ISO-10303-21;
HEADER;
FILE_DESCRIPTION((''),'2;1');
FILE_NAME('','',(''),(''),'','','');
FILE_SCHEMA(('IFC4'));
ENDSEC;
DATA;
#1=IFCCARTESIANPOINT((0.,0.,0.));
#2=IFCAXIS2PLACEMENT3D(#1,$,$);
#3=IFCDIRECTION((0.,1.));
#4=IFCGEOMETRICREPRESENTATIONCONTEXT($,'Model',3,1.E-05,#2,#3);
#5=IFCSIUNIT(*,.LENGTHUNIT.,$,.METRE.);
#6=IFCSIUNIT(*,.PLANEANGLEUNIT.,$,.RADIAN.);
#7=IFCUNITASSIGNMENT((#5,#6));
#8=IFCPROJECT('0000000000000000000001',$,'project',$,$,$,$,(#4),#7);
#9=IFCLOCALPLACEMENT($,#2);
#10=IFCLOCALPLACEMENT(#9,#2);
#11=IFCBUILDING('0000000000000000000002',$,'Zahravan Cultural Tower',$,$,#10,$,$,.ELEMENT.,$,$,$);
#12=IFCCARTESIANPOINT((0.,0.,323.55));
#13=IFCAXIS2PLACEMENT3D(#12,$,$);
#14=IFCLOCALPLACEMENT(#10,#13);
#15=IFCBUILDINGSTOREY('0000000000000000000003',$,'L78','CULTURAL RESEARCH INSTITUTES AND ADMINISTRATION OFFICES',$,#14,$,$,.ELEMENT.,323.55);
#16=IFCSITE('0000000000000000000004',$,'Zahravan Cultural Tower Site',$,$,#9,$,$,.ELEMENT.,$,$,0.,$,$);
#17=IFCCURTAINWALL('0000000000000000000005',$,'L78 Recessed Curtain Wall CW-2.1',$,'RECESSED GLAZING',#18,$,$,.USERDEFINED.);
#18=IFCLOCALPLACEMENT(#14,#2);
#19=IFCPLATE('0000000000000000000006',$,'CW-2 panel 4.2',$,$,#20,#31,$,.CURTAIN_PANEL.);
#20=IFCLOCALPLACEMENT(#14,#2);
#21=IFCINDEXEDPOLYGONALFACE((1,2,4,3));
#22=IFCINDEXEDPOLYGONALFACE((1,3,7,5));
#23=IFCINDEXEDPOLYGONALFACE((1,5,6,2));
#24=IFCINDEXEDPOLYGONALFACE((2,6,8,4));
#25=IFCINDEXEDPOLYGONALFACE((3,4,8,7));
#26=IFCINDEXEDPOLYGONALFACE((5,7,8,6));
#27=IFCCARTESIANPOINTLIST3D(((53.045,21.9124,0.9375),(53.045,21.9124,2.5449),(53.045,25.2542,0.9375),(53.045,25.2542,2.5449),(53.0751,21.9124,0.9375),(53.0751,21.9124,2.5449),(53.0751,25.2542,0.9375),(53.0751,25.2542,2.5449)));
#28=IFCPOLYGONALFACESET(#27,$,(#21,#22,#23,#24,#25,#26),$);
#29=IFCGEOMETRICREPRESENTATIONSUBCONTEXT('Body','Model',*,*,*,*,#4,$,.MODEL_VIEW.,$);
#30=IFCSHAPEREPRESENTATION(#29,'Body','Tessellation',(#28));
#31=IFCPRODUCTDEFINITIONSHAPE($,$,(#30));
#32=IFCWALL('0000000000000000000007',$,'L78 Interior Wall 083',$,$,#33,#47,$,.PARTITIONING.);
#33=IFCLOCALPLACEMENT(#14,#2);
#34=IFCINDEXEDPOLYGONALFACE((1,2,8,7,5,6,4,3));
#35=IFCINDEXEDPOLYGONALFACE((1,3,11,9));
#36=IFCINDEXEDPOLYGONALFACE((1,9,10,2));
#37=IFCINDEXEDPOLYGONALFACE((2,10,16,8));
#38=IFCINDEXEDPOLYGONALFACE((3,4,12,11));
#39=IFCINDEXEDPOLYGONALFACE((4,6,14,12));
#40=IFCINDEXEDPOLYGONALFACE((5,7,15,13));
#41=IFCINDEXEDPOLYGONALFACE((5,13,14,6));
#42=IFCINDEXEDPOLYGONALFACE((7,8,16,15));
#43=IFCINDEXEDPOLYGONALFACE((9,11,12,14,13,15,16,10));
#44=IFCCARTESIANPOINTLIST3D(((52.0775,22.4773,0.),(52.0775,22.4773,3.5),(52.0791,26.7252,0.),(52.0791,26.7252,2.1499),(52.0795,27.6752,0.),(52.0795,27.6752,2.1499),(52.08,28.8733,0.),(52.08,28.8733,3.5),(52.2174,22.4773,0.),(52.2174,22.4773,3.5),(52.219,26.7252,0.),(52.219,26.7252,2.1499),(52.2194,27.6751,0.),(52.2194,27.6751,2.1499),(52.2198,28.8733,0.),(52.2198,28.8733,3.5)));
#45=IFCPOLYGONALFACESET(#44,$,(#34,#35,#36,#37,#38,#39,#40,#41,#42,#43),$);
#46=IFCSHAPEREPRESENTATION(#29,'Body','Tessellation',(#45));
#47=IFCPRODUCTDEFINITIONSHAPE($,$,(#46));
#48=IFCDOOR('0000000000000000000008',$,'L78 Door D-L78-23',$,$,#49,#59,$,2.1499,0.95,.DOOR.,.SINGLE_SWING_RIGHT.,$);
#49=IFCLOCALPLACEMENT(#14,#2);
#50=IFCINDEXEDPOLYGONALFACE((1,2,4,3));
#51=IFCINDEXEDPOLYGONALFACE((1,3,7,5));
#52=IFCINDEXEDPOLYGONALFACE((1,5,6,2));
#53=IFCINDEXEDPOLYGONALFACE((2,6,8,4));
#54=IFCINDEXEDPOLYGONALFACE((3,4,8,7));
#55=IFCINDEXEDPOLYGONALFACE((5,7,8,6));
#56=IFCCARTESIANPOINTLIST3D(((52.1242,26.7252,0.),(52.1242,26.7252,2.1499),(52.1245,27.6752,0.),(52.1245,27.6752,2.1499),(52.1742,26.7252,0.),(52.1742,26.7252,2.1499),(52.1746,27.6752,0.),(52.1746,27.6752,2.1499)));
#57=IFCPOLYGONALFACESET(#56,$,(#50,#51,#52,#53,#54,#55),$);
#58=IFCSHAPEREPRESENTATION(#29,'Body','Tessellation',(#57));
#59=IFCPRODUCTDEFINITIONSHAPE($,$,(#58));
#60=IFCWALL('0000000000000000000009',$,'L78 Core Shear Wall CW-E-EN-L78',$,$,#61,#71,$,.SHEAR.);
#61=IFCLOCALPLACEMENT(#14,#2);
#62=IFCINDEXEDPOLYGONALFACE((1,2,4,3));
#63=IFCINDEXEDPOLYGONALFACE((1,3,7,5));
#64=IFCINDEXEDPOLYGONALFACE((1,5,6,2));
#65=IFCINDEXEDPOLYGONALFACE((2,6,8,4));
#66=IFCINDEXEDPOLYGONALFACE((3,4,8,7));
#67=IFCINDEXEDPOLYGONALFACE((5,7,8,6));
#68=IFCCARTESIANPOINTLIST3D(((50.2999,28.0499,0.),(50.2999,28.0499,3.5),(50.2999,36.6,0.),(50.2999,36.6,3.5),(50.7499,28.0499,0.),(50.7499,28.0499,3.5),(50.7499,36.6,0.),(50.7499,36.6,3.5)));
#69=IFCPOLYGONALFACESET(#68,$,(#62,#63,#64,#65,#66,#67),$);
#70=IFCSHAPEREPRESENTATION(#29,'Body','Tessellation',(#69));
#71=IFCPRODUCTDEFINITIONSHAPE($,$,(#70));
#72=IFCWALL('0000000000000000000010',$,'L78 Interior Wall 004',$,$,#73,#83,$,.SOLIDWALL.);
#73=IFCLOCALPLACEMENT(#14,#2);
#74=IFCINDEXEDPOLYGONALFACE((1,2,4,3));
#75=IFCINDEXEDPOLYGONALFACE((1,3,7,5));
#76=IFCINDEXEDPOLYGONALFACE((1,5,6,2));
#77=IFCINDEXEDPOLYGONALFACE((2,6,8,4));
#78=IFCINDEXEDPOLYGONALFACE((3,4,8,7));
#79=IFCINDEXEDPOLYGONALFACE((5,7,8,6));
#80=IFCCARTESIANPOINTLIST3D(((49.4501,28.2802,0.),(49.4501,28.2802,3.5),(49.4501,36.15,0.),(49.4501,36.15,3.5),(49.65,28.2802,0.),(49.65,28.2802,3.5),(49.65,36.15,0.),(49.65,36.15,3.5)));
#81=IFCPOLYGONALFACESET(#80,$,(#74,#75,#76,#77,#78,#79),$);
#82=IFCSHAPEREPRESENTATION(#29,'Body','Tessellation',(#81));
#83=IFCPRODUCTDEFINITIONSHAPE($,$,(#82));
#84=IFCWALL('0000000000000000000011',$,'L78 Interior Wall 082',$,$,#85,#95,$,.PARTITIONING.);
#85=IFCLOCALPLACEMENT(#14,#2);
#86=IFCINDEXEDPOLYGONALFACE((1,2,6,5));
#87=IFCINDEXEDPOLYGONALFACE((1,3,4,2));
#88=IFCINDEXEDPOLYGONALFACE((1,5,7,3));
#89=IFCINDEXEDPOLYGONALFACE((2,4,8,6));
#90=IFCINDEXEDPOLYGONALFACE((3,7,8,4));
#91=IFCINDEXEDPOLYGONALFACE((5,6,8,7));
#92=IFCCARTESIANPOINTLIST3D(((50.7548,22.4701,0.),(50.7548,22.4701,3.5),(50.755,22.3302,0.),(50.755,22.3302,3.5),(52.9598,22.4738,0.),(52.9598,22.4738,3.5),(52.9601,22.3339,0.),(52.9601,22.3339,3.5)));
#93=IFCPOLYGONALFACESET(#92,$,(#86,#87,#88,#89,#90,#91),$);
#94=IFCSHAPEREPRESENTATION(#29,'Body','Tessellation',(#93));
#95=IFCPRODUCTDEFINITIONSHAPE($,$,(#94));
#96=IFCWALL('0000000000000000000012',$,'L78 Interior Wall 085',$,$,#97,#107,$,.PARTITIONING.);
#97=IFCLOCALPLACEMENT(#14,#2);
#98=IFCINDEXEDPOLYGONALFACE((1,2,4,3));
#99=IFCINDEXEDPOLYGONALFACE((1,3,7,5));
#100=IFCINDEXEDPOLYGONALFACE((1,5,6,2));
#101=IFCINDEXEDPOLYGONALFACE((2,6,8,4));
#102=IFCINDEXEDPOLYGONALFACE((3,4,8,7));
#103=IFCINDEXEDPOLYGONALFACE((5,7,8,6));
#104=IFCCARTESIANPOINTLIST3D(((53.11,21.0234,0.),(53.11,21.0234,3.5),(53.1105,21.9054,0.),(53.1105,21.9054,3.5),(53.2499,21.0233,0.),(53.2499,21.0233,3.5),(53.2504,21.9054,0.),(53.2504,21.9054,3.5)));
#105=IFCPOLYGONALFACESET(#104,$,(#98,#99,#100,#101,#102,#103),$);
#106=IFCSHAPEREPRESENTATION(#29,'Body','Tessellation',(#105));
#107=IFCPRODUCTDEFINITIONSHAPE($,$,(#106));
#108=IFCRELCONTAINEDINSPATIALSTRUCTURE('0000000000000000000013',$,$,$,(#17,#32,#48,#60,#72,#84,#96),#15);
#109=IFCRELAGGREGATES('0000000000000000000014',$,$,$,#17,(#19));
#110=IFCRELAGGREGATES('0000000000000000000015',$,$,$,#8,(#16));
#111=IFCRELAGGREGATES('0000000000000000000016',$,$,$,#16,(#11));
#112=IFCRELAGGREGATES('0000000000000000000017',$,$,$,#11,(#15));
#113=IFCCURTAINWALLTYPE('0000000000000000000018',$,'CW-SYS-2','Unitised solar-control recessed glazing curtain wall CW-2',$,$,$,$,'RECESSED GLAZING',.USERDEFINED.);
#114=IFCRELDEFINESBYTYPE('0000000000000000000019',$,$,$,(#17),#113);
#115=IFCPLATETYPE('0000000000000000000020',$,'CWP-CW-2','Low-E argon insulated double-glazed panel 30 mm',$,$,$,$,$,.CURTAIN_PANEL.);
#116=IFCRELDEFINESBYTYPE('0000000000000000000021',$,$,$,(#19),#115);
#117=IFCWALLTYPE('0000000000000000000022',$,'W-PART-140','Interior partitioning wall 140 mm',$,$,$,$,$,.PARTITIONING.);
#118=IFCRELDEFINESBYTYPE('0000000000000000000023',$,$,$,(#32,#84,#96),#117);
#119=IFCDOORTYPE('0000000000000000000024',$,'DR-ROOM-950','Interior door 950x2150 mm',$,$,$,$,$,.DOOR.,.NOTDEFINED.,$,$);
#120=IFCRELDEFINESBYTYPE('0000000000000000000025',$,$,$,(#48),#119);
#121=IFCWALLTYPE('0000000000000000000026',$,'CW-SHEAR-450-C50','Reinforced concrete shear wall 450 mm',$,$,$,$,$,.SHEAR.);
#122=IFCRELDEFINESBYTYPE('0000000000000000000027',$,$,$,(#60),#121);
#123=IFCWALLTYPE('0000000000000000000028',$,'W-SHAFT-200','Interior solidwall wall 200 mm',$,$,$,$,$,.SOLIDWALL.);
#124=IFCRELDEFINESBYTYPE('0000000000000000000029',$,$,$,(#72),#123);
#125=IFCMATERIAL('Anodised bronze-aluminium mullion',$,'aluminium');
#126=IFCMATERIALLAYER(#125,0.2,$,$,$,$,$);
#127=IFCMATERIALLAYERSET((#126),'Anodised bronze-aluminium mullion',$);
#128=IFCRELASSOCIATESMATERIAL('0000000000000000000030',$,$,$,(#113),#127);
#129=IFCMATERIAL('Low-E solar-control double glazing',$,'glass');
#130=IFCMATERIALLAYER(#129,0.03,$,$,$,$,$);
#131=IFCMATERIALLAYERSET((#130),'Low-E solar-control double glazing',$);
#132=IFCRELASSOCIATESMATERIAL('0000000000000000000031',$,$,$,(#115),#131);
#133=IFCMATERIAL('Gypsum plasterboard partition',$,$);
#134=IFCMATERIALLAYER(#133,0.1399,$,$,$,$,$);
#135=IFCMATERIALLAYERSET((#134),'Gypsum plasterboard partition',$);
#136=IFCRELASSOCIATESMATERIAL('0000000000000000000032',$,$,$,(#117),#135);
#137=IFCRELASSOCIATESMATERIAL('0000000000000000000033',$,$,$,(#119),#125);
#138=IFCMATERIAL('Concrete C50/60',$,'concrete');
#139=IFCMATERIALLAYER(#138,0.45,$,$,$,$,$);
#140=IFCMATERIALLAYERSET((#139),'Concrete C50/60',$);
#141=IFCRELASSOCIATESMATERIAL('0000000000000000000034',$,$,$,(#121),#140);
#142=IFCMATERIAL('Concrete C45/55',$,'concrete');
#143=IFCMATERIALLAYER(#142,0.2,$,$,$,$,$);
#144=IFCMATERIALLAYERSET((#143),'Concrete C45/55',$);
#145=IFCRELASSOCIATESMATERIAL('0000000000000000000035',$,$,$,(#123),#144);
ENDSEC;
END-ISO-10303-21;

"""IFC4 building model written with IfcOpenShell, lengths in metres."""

from ifc_helpers import new_model, si_unit, direction, frame, frame_2d, origin, origin_2d, place, context, subcontext, project, spatial, rectangle, extrude, source, transform, mapped, material, layer, layer_set, type_object, element, fill, aggregate, save


model = new_model("IFC4")

# Units and contexts
model_context = context("Model", 3, precision=1e-05, world=origin(), true_north=direction((0.0, 1.0)))
body_context = subcontext(model_context, "Body", "Model", "MODEL_VIEW")
ifc_project = project(units=[si_unit("LENGTHUNIT", "METRE"), si_unit("PLANEANGLEUNIT", "RADIAN")], contexts=[model_context])

# Site, building, storey
site_placement = place(None, origin())
site = spatial("IfcSite", under=ifc_project, at=site_placement, Name="Zahravan Cultural Tower Site", CompositionType="ELEMENT", RefElevation=0.0)
building_placement = place(site_placement, origin())
building = spatial("IfcBuilding", under=site, at=building_placement, Name="Zahravan Cultural Tower", CompositionType="ELEMENT")
storey_placement = place(building_placement, frame((0.0, 0.0, 323.55)))
storey = spatial("IfcBuildingStorey", under=building, at=storey_placement, Name="L78", Description="CULTURAL RESEARCH INSTITUTES AND ADMINISTRATION OFFICES", CompositionType="ELEMENT", Elevation=323.55)

# Shared definitions
ifc_material_1 = material(Name="Concrete C50/60", Category="concrete")

# Curtain wall, plate
ifc_material_2 = material(Name="Anodised bronze-aluminium mullion", Category="aluminium")
ifc_layer_1 = layer(ifc_material_2, 0.2)
ifc_layer_set_1 = layer_set([ifc_layer_1], Name="Anodised bronze-aluminium mullion")
curtain_wall_type = type_object("IfcCurtainWallType", Name="CW-SYS-2", Description="Unitised solar-control recessed glazing curtain wall CW-2", ElementType="RECESSED GLAZING", PredefinedType="USERDEFINED", material=ifc_layer_set_1)
curtain_wall_placement = place(storey_placement, origin())
curtain_wall = element("IfcCurtainWall", 1, at=curtain_wall_placement, inside=storey, type_object=curtain_wall_type, Name="L78 Recessed Curtain Wall CW-2.1", ObjectType="RECESSED GLAZING", PredefinedType="USERDEFINED")
ifc_material_3 = material(Name="Low-E solar-control double glazing", Category="glass")
ifc_layer_2 = layer(ifc_material_3, 0.03)
ifc_layer_set_2 = layer_set([ifc_layer_2], Name="Low-E solar-control double glazing")
plate_type = type_object("IfcPlateType", Name="CWP-CW-2", Description="Low-E argon insulated double-glazed panel 30 mm", PredefinedType="CURTAIN_PANEL", material=ifc_layer_set_2)
shared_shape_1 = source(origin(), body_context, "Body", "SweptSolid", [
    extrude(rectangle(XDim=3.3418, YDim=0.03, at=origin_2d()), origin(), (0.0, 0.0, 1.0), 1.6074),
])
plate_1_placement = place(storey_placement, frame((53.0601, 23.5833, 0.9375), z_axis=(0.0, 0.0, 1.0), x_axis=(0.0, -1.0, 0.0)))
plate_1 = element("IfcPlate", 2, at=plate_1_placement, type_object=plate_type, Name="CW-2 panel 4.2", PredefinedType="CURTAIN_PANEL", context=body_context, shape_type="MappedRepresentation", body=[
    mapped(shared_shape_1, transform((0.0, 0.0, 0.0), x_axis=(1.0, 0.0, 0.0), y_axis=(0.0, 1.0, 0.0), z_axis=(0.0, 0.0, 1.0), scale=1.0)),
])
aggregate(curtain_wall, [plate_1])

# Wall, opening, door
ifc_material_4 = material(Name="Gypsum plasterboard partition")
ifc_layer_3 = layer(ifc_material_4, 0.1399)
ifc_layer_set_3 = layer_set([ifc_layer_3], Name="Gypsum plasterboard partition")
wall_type_1 = type_object("IfcWallType", Name="W-PART-140", Description="Interior partitioning wall 140 mm", PredefinedType="PARTITIONING", material=ifc_layer_set_3)
wall_1_placement = place(storey_placement, frame((52.1475, 22.4773, 0.0), z_axis=(0.0, 0.0, 1.0), x_axis=(0.000382, 1.0, 0.0)))
wall_1 = element("IfcWall", 3, at=wall_1_placement, inside=storey, type_object=wall_type_1, Name="L78 Interior Wall 083", PredefinedType="PARTITIONING", context=body_context, shape_type="SweptSolid", body=[
    extrude(rectangle(XDim=6.396, YDim=0.1399, at=frame_2d((3.198, 0.0))), origin(), (0.0, 0.0, 1.0), 3.5),
])
opening_placement = place(wall_1_placement, frame((4.2478, 0.0, 0.0)))
opening = element("IfcOpeningElement", 4, at=opening_placement, cuts=wall_1, PredefinedType="OPENING", context=body_context, shape_type="SweptSolid", body=[
    extrude(rectangle(XDim=0.95, YDim=2.1499, at=frame_2d((0.4751, 1.075))), frame((0.0, 0.0798, 0.0), z_axis=(0.0, -1.0, 0.0), x_axis=(1.0, 0.0, 0.0)), (0.0, 0.0, 1.0), 0.1599),
])
door_type = type_object("IfcDoorType", Name="DR-ROOM-950", Description="Interior door 950x2150 mm", OperationType="NOTDEFINED", PredefinedType="DOOR", material=ifc_material_2)
shared_shape_2 = source(origin(), body_context, "Body", "SweptSolid", [
    extrude(rectangle(XDim=0.95, YDim=2.1499, at=frame_2d((0.4751, 1.075))), frame((0.0, 0.0249, 0.0), z_axis=(0.0, -1.0, 0.0), x_axis=(1.0, 0.0, 0.0)), (0.0, 0.0, 1.0), 0.05),
])
door_placement = place(opening_placement, origin())
door = element("IfcDoor", 5, at=door_placement, inside=storey, type_object=door_type, Name="L78 Door D-L78-23", OperationType="SINGLE_SWING_RIGHT", OverallHeight=2.1499, OverallWidth=0.95, PredefinedType="DOOR", context=body_context, shape_type="MappedRepresentation", body=[
    mapped(shared_shape_2, transform((0.0, 0.0, 0.0), x_axis=(1.0, 0.0, 0.0), y_axis=(0.0, 1.0, 0.0), z_axis=(0.0, 0.0, 1.0), scale=1.0)),
])
fill(opening, door)

# Walls
ifc_layer_4 = layer(ifc_material_1, 0.45)
ifc_layer_set_4 = layer_set([ifc_layer_4], Name="Concrete C50/60")
wall_type_2 = type_object("IfcWallType", Name="CW-SHEAR-450-C50", Description="Reinforced concrete shear wall 450 mm", PredefinedType="SHEAR", material=ifc_layer_set_4)
shared_shape_3 = source(origin(), body_context, "Body", "SweptSolid", [
    extrude(rectangle(XDim=8.55, YDim=0.45, at=frame_2d((4.2749, 0.0))), origin(), (0.0, 0.0, 1.0), 3.5),
])
wall_2_placement = place(storey_placement, frame((50.5249, 28.05, 0.0), z_axis=(0.0, 0.0, 1.0), x_axis=(0.0, 1.0, 0.0)))
element("IfcWall", 6, at=wall_2_placement, inside=storey, type_object=wall_type_2, Name="L78 Core Shear Wall CW-E-EN-L78", PredefinedType="SHEAR", context=body_context, shape_type="MappedRepresentation", body=[
    mapped(shared_shape_3, transform((0.0, 0.0, 0.0), x_axis=(1.0, 0.0, 0.0), y_axis=(0.0, 1.0, 0.0), z_axis=(0.0, 0.0, 1.0), scale=1.0)),
])
ifc_material_5 = material(Name="Concrete C45/55", Category="concrete")
ifc_layer_5 = layer(ifc_material_5, 0.2)
ifc_layer_set_5 = layer_set([ifc_layer_5], Name="Concrete C45/55")
wall_type_3 = type_object("IfcWallType", Name="W-SHAFT-200", Description="Interior solidwall wall 200 mm", PredefinedType="SOLIDWALL", material=ifc_layer_set_5)
shared_shape_4 = source(origin(), body_context, "Body", "SweptSolid", [
    extrude(rectangle(XDim=7.8699, YDim=0.2, at=frame_2d((3.9351, 0.0))), origin(), (0.0, 0.0, 1.0), 3.5),
])
wall_3_placement = place(storey_placement, frame((49.55, 28.28, 0.0), z_axis=(0.0, 0.0, 1.0), x_axis=(0.0, 1.0, 0.0)))
element("IfcWall", 7, at=wall_3_placement, inside=storey, type_object=wall_type_3, Name="L78 Interior Wall 004", PredefinedType="SOLIDWALL", context=body_context, shape_type="MappedRepresentation", body=[
    mapped(shared_shape_4, transform((0.0, 0.0, 0.0), x_axis=(1.0, 0.0, 0.0), y_axis=(0.0, 1.0, 0.0), z_axis=(0.0, 0.0, 1.0), scale=1.0)),
])
shared_shape_5 = source(origin(), body_context, "Body", "SweptSolid", [
    extrude(rectangle(XDim=2.2051, YDim=0.1399, at=frame_2d((1.1025, 0.0))), origin(), (0.0, 0.0, 1.0), 3.5),
])
wall_4_placement = place(storey_placement, frame((50.7549, 22.4001, 0.0), z_axis=(0.0, 0.0, 1.0), x_axis=(0.999999, 0.001661, 0.0)))
element("IfcWall", 8, at=wall_4_placement, inside=storey, type_object=wall_type_1, Name="L78 Interior Wall 082", PredefinedType="PARTITIONING", context=body_context, shape_type="MappedRepresentation", body=[
    mapped(shared_shape_5, transform((0.0, 0.0, 0.0), x_axis=(1.0, 0.0, 0.0), y_axis=(0.0, 1.0, 0.0), z_axis=(0.0, 0.0, 1.0), scale=1.0)),
])
shared_shape_6 = source(origin(), body_context, "Body", "SweptSolid", [
    extrude(rectangle(XDim=0.8821, YDim=0.1399, at=frame_2d((0.4409, 0.0))), origin(), (0.0, 0.0, 1.0), 3.5),
])
wall_5_placement = place(storey_placement, frame((53.1804, 21.9053, 0.0), z_axis=(0.0, 0.0, 1.0), x_axis=(-0.000554, -1.0, 0.0)))
element("IfcWall", 9, at=wall_5_placement, inside=storey, type_object=wall_type_1, Name="L78 Interior Wall 085", PredefinedType="PARTITIONING", context=body_context, shape_type="MappedRepresentation", body=[
    mapped(shared_shape_6, transform((0.0, 0.0, 0.0), x_axis=(1.0, 0.0, 0.0), y_axis=(0.0, 1.0, 0.0), z_axis=(0.0, 0.0, 1.0), scale=1.0)),
])

save(model, "model.ifc")
